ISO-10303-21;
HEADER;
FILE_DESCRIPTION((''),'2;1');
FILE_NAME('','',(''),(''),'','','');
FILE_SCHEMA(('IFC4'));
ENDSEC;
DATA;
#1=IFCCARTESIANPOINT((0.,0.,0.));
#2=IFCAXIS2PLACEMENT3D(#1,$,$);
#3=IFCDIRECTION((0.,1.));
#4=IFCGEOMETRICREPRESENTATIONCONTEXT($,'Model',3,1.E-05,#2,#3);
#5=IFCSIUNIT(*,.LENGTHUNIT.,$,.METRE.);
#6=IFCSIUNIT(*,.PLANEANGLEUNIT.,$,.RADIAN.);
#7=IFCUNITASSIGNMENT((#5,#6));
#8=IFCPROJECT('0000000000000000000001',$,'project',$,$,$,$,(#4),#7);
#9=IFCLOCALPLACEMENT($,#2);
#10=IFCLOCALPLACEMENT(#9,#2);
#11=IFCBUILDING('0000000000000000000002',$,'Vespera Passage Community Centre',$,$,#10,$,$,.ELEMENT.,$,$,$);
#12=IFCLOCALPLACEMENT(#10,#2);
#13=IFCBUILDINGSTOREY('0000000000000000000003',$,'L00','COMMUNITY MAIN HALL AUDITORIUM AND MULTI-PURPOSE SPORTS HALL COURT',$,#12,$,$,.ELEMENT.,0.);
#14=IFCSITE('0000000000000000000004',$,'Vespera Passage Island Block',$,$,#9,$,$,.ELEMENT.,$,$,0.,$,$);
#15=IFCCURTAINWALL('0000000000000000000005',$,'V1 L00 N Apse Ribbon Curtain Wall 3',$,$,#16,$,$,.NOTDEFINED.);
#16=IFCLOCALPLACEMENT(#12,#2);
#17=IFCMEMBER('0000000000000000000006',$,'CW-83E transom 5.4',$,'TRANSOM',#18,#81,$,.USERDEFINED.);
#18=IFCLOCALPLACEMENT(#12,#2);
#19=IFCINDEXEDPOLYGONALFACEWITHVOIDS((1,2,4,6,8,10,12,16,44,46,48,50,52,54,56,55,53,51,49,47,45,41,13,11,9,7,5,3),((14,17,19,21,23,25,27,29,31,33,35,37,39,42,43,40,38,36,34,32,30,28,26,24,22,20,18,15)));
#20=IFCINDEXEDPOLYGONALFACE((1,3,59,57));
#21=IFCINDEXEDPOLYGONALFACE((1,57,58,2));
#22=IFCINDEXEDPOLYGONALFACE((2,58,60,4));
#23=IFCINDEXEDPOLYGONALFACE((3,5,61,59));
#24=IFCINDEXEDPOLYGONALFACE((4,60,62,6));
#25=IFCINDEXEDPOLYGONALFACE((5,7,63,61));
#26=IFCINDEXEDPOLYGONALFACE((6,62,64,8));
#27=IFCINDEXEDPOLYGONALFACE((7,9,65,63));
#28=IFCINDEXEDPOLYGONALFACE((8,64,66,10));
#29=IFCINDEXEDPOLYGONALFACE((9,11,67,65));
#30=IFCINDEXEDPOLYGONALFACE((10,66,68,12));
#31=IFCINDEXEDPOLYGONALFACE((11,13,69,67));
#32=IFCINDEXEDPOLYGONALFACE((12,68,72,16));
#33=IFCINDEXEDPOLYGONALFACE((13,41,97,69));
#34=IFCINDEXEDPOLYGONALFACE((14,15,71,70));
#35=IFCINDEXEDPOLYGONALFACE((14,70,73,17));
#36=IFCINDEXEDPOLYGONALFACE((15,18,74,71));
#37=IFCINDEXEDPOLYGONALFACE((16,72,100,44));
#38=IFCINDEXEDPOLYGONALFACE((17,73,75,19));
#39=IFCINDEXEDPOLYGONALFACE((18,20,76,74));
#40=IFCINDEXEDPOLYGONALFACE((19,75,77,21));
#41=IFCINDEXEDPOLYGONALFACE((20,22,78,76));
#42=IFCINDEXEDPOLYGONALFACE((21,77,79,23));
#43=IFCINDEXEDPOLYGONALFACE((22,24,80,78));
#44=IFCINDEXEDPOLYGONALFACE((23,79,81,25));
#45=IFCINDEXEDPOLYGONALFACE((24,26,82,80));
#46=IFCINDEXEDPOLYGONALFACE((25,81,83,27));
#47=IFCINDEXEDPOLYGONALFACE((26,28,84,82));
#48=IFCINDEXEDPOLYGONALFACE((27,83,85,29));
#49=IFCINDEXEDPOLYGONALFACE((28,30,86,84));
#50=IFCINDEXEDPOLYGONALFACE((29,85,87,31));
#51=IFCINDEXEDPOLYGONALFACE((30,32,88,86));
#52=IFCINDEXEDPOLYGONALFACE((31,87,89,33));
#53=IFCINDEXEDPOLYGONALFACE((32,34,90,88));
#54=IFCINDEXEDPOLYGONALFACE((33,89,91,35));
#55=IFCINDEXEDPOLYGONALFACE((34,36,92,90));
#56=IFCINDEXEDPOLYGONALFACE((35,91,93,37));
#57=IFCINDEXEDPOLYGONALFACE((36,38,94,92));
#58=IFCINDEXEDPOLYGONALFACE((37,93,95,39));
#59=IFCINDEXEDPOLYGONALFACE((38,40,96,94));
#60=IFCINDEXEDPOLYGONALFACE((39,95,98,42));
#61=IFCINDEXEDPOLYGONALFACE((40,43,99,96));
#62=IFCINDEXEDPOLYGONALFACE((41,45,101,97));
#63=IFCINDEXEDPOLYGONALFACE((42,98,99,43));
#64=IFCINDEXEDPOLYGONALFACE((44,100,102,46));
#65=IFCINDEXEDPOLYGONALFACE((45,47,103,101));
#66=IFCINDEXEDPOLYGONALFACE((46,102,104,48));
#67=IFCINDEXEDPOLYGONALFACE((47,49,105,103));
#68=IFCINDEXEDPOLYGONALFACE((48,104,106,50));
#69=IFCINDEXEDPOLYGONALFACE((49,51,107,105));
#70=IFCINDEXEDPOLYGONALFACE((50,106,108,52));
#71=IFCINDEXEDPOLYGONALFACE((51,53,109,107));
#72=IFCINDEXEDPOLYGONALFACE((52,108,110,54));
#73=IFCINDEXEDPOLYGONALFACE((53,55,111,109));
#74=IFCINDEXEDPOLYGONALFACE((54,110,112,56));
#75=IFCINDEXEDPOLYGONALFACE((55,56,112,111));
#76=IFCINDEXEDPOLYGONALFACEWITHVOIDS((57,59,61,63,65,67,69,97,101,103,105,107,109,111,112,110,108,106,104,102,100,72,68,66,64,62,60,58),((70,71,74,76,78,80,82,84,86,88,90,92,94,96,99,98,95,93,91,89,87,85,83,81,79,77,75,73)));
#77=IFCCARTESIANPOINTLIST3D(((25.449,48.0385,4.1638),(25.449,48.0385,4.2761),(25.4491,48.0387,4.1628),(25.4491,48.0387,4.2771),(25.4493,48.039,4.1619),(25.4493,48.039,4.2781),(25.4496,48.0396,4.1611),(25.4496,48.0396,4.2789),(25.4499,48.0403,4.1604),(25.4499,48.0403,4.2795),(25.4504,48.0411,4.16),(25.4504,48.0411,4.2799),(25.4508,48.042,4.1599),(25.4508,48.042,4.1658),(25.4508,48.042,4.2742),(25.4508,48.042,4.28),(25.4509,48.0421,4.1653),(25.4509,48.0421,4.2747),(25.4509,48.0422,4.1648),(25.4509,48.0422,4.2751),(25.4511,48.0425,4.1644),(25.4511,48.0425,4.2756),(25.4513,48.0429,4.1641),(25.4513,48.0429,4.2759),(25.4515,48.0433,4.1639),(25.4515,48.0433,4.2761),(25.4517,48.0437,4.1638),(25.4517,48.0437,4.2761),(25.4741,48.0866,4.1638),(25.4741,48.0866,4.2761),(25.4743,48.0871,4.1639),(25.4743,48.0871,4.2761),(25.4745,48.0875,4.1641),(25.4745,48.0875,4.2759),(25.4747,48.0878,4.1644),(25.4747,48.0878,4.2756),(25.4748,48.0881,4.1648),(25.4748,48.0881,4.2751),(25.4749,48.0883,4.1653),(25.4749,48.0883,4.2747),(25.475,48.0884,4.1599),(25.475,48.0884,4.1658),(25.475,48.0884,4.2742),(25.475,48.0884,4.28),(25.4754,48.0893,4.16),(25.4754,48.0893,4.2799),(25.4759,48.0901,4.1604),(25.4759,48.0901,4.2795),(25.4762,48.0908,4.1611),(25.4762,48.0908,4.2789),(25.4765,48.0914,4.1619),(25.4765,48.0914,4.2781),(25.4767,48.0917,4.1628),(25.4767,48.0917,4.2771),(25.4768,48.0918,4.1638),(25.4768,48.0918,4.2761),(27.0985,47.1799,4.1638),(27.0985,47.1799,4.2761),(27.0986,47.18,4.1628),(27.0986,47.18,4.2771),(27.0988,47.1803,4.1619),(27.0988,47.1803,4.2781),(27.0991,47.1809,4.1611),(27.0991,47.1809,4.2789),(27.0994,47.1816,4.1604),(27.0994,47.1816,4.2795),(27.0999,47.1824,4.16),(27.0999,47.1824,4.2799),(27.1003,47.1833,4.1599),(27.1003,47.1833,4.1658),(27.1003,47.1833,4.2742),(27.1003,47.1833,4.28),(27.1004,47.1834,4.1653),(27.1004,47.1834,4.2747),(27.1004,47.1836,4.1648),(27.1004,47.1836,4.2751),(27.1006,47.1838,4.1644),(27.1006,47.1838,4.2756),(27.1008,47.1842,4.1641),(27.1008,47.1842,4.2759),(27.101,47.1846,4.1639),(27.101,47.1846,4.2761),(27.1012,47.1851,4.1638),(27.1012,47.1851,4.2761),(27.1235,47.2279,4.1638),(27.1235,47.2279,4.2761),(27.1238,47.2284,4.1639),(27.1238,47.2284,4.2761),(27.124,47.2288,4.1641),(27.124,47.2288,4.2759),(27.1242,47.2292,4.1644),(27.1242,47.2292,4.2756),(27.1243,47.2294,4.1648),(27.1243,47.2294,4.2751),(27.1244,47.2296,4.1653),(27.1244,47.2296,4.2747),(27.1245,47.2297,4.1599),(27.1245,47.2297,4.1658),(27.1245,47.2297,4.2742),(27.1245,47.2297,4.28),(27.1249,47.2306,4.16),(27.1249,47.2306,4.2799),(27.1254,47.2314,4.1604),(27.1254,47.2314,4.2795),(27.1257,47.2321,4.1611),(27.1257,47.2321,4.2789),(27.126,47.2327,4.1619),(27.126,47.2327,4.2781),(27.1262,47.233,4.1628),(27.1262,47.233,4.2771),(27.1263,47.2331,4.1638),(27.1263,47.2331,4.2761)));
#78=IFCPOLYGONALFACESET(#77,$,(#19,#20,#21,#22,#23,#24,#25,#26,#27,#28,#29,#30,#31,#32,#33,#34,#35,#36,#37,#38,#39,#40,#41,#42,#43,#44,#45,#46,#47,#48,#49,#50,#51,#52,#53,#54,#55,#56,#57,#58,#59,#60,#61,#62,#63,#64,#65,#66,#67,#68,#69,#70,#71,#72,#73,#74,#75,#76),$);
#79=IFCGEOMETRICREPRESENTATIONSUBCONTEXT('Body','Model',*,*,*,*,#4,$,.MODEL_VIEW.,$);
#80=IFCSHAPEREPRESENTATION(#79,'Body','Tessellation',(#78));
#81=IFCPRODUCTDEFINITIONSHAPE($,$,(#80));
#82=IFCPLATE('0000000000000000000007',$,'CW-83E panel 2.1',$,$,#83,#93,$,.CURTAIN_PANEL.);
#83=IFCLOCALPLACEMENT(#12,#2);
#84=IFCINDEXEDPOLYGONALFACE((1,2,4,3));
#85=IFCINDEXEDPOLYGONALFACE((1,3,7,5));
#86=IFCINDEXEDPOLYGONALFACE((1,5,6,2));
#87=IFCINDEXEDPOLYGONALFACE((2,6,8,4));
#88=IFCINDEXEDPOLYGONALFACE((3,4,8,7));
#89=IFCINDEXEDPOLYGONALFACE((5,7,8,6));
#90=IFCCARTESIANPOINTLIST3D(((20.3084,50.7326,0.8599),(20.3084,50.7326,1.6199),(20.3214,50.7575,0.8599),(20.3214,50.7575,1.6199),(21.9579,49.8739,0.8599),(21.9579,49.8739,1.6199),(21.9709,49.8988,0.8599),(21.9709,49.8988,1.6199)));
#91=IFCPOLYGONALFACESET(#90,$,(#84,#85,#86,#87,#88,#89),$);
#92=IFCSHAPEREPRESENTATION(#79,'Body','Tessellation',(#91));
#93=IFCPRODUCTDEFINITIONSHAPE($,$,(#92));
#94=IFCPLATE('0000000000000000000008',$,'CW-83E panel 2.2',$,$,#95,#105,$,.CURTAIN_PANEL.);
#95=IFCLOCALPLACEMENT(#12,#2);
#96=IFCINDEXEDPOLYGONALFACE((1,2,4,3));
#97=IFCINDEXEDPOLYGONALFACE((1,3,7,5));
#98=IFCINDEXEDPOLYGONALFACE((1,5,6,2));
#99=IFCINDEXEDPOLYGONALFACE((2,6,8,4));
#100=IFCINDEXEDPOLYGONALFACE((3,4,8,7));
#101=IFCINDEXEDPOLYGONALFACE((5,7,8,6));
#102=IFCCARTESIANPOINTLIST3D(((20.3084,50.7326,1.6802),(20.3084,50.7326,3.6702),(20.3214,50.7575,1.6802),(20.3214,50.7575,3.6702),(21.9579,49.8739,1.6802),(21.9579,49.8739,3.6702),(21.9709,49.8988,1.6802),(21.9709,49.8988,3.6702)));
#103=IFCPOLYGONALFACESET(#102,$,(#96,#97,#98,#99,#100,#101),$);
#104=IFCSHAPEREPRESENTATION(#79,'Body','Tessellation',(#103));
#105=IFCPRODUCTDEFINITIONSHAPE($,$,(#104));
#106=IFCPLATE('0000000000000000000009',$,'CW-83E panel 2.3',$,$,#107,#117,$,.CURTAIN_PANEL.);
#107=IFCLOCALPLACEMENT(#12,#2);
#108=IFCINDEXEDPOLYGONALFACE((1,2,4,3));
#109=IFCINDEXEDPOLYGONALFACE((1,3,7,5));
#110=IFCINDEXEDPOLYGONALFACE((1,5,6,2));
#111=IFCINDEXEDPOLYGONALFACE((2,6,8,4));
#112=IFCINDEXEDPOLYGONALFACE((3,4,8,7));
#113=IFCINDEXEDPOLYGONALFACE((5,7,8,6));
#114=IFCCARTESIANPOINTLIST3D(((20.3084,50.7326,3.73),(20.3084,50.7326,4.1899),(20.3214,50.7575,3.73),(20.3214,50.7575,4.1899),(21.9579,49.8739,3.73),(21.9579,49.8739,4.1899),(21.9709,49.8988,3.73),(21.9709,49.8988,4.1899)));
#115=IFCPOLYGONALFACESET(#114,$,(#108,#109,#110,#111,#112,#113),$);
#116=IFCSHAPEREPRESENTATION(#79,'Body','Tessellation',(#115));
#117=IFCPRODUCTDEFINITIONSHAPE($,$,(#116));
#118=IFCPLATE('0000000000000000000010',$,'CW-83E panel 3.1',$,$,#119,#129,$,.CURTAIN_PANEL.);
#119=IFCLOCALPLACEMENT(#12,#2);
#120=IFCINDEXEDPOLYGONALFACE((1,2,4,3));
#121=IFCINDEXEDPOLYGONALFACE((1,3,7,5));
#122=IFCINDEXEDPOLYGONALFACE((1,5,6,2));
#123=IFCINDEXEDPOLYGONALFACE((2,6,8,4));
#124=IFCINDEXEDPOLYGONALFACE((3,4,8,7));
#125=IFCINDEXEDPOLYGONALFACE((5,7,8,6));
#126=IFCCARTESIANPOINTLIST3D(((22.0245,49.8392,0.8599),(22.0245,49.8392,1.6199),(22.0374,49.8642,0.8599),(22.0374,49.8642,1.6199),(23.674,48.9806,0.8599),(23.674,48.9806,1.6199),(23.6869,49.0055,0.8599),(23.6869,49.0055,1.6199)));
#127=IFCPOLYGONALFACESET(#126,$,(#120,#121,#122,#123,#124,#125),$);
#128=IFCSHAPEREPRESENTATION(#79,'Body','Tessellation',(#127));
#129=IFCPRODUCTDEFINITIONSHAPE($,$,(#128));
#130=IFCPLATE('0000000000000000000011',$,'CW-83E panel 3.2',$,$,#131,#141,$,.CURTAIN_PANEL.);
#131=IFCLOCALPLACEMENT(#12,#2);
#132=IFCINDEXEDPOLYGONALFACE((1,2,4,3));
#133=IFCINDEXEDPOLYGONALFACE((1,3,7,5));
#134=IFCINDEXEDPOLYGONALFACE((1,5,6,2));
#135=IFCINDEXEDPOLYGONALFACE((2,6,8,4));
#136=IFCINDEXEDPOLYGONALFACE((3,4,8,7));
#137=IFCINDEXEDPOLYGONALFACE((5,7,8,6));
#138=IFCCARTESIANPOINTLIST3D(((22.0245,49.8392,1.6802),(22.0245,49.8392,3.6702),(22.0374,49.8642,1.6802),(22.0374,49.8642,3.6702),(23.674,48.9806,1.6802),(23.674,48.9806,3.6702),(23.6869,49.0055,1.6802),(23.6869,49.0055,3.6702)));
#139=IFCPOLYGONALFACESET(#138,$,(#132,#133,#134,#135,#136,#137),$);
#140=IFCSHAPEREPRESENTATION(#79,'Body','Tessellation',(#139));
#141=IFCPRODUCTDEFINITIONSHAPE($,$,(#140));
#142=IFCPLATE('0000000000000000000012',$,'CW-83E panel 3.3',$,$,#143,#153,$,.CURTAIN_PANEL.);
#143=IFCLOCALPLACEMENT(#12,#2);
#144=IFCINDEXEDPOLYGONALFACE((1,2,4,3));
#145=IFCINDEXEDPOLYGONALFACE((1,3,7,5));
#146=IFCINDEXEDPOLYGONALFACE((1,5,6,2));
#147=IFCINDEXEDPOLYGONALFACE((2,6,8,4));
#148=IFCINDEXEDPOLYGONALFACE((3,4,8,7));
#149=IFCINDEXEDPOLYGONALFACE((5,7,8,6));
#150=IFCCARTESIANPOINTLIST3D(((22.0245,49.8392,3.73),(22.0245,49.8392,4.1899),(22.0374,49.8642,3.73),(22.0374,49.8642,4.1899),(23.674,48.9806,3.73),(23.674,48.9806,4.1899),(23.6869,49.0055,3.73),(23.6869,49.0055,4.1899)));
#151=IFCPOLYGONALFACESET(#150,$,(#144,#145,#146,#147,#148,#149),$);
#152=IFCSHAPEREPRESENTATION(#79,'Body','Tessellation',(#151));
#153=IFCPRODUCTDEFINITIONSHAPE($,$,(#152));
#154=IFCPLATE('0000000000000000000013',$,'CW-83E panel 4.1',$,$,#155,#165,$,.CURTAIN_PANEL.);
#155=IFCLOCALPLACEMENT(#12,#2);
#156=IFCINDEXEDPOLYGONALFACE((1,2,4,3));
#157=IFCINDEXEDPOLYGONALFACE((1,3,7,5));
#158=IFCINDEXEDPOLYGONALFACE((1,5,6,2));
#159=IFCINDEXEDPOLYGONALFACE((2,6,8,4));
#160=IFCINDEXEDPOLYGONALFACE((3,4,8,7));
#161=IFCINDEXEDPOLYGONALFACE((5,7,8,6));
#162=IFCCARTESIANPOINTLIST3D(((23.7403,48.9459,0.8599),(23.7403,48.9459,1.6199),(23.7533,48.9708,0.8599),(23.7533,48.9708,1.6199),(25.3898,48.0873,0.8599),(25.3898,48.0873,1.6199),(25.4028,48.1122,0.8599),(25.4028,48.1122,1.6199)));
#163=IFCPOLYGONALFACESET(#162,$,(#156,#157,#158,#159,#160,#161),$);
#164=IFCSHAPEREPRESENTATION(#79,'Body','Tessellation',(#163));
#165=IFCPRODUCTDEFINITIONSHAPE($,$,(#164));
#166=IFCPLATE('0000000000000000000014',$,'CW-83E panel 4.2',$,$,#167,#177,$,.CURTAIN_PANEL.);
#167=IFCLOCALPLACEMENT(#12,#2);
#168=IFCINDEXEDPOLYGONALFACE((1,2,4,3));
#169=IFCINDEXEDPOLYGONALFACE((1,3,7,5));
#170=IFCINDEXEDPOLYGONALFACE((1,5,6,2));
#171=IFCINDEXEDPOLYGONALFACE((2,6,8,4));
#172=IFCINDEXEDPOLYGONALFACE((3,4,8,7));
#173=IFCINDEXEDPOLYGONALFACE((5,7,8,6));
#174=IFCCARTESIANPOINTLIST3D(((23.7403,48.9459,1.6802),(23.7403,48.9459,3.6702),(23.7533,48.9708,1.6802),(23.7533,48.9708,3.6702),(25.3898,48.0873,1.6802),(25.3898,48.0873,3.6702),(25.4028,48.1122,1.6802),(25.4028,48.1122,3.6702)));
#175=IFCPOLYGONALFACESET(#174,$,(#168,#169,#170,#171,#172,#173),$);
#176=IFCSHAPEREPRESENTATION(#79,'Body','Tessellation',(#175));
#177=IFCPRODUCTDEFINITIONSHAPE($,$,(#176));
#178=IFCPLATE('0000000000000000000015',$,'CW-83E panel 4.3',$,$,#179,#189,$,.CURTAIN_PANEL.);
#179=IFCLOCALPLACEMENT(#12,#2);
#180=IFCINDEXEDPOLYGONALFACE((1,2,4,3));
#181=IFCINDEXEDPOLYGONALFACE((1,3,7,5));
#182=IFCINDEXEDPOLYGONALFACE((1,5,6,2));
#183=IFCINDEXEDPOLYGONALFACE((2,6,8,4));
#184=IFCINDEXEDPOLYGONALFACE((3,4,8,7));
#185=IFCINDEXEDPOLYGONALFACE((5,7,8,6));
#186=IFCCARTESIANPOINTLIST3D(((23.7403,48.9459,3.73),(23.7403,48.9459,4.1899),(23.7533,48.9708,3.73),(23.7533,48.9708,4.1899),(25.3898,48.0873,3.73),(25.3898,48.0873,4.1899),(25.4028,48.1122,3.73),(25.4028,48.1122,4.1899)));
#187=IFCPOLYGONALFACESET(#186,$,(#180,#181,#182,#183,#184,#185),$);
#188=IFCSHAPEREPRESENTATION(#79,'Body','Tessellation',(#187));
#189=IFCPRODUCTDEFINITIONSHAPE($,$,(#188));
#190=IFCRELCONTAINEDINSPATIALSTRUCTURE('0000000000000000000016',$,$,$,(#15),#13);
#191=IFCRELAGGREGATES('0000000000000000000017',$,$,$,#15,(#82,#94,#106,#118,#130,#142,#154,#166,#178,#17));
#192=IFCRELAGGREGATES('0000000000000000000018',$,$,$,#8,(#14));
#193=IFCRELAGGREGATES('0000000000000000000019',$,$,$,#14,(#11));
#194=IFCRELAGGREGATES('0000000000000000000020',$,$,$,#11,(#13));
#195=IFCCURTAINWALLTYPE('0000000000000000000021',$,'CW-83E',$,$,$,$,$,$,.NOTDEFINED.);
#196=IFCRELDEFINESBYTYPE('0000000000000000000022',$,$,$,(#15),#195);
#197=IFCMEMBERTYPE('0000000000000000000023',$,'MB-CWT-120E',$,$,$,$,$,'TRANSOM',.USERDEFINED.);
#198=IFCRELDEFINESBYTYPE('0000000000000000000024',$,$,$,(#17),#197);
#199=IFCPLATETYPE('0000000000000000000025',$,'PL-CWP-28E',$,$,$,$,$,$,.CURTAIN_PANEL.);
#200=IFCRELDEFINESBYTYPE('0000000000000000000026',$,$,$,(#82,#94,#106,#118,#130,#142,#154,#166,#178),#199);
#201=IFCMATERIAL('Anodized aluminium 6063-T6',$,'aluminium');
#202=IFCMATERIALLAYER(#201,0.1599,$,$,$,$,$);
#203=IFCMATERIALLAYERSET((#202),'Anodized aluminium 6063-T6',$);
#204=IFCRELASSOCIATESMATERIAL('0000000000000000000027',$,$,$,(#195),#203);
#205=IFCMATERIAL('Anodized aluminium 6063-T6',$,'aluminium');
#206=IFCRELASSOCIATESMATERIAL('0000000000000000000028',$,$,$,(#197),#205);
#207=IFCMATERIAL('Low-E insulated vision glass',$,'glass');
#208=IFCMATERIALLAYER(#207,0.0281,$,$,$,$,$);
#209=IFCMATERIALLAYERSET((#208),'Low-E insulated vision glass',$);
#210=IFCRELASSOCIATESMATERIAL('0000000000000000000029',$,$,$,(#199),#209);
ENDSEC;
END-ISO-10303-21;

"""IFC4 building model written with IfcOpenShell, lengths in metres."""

from ifc_helpers import new_model, si_unit, direction, frame, origin, origin_2d, place, context, subcontext, project, spatial, rectangle, hollow_rectangle, extrude, material, layer, layer_set, material_profile, profile_set, type_object, element, aggregate, save


model = new_model("IFC4")

# Units and contexts
model_context = context("Model", 3, precision=1e-05, world=origin(), true_north=direction((0.0, 1.0)))
body_context = subcontext(model_context, "Body", "Model", "MODEL_VIEW")
ifc_project = project(units=[si_unit("LENGTHUNIT", "METRE"), si_unit("PLANEANGLEUNIT", "RADIAN")], contexts=[model_context])

# Site, building, storey
site_placement = place(None, origin())
site = spatial("IfcSite", under=ifc_project, at=site_placement, Name="Vespera Passage Island Block", CompositionType="ELEMENT", RefElevation=0.0)
building_placement = place(site_placement, origin())
building = spatial("IfcBuilding", under=site, at=building_placement, Name="Vespera Passage Community Centre", CompositionType="ELEMENT")
storey_placement = place(building_placement, origin())
storey = spatial("IfcBuildingStorey", under=building, at=storey_placement, Name="L00", Description="COMMUNITY MAIN HALL AUDITORIUM AND MULTI-PURPOSE SPORTS HALL COURT", CompositionType="ELEMENT", Elevation=0.0)

# Curtain wall, member, plates
ifc_material_1 = material(Name="Anodized aluminium 6063-T6", Category="aluminium")
ifc_layer_1 = layer(ifc_material_1, 0.1599)
ifc_layer_set_1 = layer_set([ifc_layer_1], Name="Anodized aluminium 6063-T6")
curtain_wall_type = type_object("IfcCurtainWallType", Name="CW-83E", PredefinedType="NOTDEFINED", material=ifc_layer_set_1)
curtain_wall_placement = place(storey_placement, origin())
curtain_wall = element("IfcCurtainWall", 1, at=curtain_wall_placement, inside=storey, type_object=curtain_wall_type, Name="V1 L00 N Apse Ribbon Curtain Wall 3", PredefinedType="NOTDEFINED")
ifc_material_2 = material(Name="Anodized aluminium 6063-T6", Category="aluminium")
ifc_material_profile_1 = material_profile(ifc_material_2, hollow_rectangle(XDim=0.0601, YDim=0.1201, WallThickness=0.0039, InnerFilletRadius=0.002, OuterFilletRadius=0.0039, at=origin_2d()), Name="ALU120X60X4")
ifc_profile_set_1 = profile_set([ifc_material_profile_1], Name="Anodized aluminium 6063-T6")
member_type_1 = type_object("IfcMemberType", Name="MB-CWT-120E", ElementType="TRANSOM", PredefinedType="USERDEFINED", material=ifc_profile_set_1)
member_1_placement = place(storey_placement, frame((25.4629, 48.0652, 4.22), z_axis=(0.887008, -0.461754, 0.0), x_axis=(0.461754, 0.887008, 0.0)))
member_1 = element("IfcMember", 2, at=member_1_placement, type_object=member_type_1, Name="CW-83E transom 5.4", ObjectType="TRANSOM", PredefinedType="USERDEFINED", context=body_context, shape_type="SweptSolid", body=[
    extrude(hollow_rectangle(XDim=0.0601, YDim=0.1201, WallThickness=0.0039, InnerFilletRadius=0.002, OuterFilletRadius=0.0039, at=origin_2d()), origin(), (0.0, 0.0, 1.0), 1.8596),
])
ifc_material_3 = material(Name="Low-E insulated vision glass", Category="glass")
ifc_layer_2 = layer(ifc_material_3, 0.0281)
ifc_layer_set_2 = layer_set([ifc_layer_2], Name="Low-E insulated vision glass")
plate_type = type_object("IfcPlateType", Name="PL-CWP-28E", PredefinedType="CURTAIN_PANEL", material=ifc_layer_set_2)
plate_1_placement = place(storey_placement, frame((21.1396, 50.3157, 0.8599), z_axis=(0.0, 0.0, 1.0), x_axis=(0.887013, -0.461745, 0.0)))
plate_1 = element("IfcPlate", 3, at=plate_1_placement, type_object=plate_type, Name="CW-83E panel 2.1", PredefinedType="CURTAIN_PANEL", context=body_context, shape_type="SweptSolid", body=[
    extrude(rectangle(XDim=1.8596, YDim=0.0281, at=origin_2d()), origin(), (0.0, 0.0, 1.0), 0.76),
])
plate_2_placement = place(storey_placement, frame((21.1396, 50.3157, 1.6802), z_axis=(0.0, 0.0, 1.0), x_axis=(0.887013, -0.461745, 0.0)))
plate_2 = element("IfcPlate", 4, at=plate_2_placement, type_object=plate_type, Name="CW-83E panel 2.2", PredefinedType="CURTAIN_PANEL", context=body_context, shape_type="SweptSolid", body=[
    extrude(rectangle(XDim=1.8596, YDim=0.0281, at=origin_2d()), origin(), (0.0, 0.0, 1.0), 1.99),
])
plate_3_placement = place(storey_placement, frame((21.1396, 50.3157, 3.73), z_axis=(0.0, 0.0, 1.0), x_axis=(0.887013, -0.461745, 0.0)))
plate_3 = element("IfcPlate", 5, at=plate_3_placement, type_object=plate_type, Name="CW-83E panel 2.3", PredefinedType="CURTAIN_PANEL", context=body_context, shape_type="SweptSolid", body=[
    extrude(rectangle(XDim=1.8596, YDim=0.0281, at=origin_2d()), origin(), (0.0, 0.0, 1.0), 0.46),
])
plate_4_placement = place(storey_placement, frame((22.8557, 49.4224, 0.8599), z_axis=(0.0, 0.0, 1.0), x_axis=(0.887013, -0.461745, 0.0)))
plate_4 = element("IfcPlate", 6, at=plate_4_placement, type_object=plate_type, Name="CW-83E panel 3.1", PredefinedType="CURTAIN_PANEL", context=body_context, shape_type="SweptSolid", body=[
    extrude(rectangle(XDim=1.8596, YDim=0.0281, at=origin_2d()), origin(), (0.0, 0.0, 1.0), 0.76),
])
plate_5_placement = place(storey_placement, frame((22.8557, 49.4224, 1.6802), z_axis=(0.0, 0.0, 1.0), x_axis=(0.887013, -0.461745, 0.0)))
plate_5 = element("IfcPlate", 7, at=plate_5_placement, type_object=plate_type, Name="CW-83E panel 3.2", PredefinedType="CURTAIN_PANEL", context=body_context, shape_type="SweptSolid", body=[
    extrude(rectangle(XDim=1.8596, YDim=0.0281, at=origin_2d()), origin(), (0.0, 0.0, 1.0), 1.99),
])
plate_6_placement = place(storey_placement, frame((22.8557, 49.4224, 3.73), z_axis=(0.0, 0.0, 1.0), x_axis=(0.887013, -0.461745, 0.0)))
plate_6 = element("IfcPlate", 8, at=plate_6_placement, type_object=plate_type, Name="CW-83E panel 3.3", PredefinedType="CURTAIN_PANEL", context=body_context, shape_type="SweptSolid", body=[
    extrude(rectangle(XDim=1.8596, YDim=0.0281, at=origin_2d()), origin(), (0.0, 0.0, 1.0), 0.46),
])
plate_7_placement = place(storey_placement, frame((24.5715, 48.5291, 0.8599), z_axis=(0.0, 0.0, 1.0), x_axis=(0.887013, -0.461745, 0.0)))
plate_7 = element("IfcPlate", 9, at=plate_7_placement, type_object=plate_type, Name="CW-83E panel 4.1", PredefinedType="CURTAIN_PANEL", context=body_context, shape_type="SweptSolid", body=[
    extrude(rectangle(XDim=1.8596, YDim=0.0281, at=origin_2d()), origin(), (0.0, 0.0, 1.0), 0.76),
])
plate_8_placement = place(storey_placement, frame((24.5715, 48.5291, 1.6802), z_axis=(0.0, 0.0, 1.0), x_axis=(0.887013, -0.461745, 0.0)))
plate_8 = element("IfcPlate", 10, at=plate_8_placement, type_object=plate_type, Name="CW-83E panel 4.2", PredefinedType="CURTAIN_PANEL", context=body_context, shape_type="SweptSolid", body=[
    extrude(rectangle(XDim=1.8596, YDim=0.0281, at=origin_2d()), origin(), (0.0, 0.0, 1.0), 1.99),
])
plate_9_placement = place(storey_placement, frame((24.5715, 48.5291, 3.73), z_axis=(0.0, 0.0, 1.0), x_axis=(0.887013, -0.461745, 0.0)))
plate_9 = element("IfcPlate", 11, at=plate_9_placement, type_object=plate_type, Name="CW-83E panel 4.3", PredefinedType="CURTAIN_PANEL", context=body_context, shape_type="SweptSolid", body=[
    extrude(rectangle(XDim=1.8596, YDim=0.0281, at=origin_2d()), origin(), (0.0, 0.0, 1.0), 0.46),
])
aggregate(curtain_wall, [plate_1, plate_2, plate_3, plate_4, plate_5, plate_6, plate_7, plate_8, plate_9, member_1])

save(model, "model.ifc")
